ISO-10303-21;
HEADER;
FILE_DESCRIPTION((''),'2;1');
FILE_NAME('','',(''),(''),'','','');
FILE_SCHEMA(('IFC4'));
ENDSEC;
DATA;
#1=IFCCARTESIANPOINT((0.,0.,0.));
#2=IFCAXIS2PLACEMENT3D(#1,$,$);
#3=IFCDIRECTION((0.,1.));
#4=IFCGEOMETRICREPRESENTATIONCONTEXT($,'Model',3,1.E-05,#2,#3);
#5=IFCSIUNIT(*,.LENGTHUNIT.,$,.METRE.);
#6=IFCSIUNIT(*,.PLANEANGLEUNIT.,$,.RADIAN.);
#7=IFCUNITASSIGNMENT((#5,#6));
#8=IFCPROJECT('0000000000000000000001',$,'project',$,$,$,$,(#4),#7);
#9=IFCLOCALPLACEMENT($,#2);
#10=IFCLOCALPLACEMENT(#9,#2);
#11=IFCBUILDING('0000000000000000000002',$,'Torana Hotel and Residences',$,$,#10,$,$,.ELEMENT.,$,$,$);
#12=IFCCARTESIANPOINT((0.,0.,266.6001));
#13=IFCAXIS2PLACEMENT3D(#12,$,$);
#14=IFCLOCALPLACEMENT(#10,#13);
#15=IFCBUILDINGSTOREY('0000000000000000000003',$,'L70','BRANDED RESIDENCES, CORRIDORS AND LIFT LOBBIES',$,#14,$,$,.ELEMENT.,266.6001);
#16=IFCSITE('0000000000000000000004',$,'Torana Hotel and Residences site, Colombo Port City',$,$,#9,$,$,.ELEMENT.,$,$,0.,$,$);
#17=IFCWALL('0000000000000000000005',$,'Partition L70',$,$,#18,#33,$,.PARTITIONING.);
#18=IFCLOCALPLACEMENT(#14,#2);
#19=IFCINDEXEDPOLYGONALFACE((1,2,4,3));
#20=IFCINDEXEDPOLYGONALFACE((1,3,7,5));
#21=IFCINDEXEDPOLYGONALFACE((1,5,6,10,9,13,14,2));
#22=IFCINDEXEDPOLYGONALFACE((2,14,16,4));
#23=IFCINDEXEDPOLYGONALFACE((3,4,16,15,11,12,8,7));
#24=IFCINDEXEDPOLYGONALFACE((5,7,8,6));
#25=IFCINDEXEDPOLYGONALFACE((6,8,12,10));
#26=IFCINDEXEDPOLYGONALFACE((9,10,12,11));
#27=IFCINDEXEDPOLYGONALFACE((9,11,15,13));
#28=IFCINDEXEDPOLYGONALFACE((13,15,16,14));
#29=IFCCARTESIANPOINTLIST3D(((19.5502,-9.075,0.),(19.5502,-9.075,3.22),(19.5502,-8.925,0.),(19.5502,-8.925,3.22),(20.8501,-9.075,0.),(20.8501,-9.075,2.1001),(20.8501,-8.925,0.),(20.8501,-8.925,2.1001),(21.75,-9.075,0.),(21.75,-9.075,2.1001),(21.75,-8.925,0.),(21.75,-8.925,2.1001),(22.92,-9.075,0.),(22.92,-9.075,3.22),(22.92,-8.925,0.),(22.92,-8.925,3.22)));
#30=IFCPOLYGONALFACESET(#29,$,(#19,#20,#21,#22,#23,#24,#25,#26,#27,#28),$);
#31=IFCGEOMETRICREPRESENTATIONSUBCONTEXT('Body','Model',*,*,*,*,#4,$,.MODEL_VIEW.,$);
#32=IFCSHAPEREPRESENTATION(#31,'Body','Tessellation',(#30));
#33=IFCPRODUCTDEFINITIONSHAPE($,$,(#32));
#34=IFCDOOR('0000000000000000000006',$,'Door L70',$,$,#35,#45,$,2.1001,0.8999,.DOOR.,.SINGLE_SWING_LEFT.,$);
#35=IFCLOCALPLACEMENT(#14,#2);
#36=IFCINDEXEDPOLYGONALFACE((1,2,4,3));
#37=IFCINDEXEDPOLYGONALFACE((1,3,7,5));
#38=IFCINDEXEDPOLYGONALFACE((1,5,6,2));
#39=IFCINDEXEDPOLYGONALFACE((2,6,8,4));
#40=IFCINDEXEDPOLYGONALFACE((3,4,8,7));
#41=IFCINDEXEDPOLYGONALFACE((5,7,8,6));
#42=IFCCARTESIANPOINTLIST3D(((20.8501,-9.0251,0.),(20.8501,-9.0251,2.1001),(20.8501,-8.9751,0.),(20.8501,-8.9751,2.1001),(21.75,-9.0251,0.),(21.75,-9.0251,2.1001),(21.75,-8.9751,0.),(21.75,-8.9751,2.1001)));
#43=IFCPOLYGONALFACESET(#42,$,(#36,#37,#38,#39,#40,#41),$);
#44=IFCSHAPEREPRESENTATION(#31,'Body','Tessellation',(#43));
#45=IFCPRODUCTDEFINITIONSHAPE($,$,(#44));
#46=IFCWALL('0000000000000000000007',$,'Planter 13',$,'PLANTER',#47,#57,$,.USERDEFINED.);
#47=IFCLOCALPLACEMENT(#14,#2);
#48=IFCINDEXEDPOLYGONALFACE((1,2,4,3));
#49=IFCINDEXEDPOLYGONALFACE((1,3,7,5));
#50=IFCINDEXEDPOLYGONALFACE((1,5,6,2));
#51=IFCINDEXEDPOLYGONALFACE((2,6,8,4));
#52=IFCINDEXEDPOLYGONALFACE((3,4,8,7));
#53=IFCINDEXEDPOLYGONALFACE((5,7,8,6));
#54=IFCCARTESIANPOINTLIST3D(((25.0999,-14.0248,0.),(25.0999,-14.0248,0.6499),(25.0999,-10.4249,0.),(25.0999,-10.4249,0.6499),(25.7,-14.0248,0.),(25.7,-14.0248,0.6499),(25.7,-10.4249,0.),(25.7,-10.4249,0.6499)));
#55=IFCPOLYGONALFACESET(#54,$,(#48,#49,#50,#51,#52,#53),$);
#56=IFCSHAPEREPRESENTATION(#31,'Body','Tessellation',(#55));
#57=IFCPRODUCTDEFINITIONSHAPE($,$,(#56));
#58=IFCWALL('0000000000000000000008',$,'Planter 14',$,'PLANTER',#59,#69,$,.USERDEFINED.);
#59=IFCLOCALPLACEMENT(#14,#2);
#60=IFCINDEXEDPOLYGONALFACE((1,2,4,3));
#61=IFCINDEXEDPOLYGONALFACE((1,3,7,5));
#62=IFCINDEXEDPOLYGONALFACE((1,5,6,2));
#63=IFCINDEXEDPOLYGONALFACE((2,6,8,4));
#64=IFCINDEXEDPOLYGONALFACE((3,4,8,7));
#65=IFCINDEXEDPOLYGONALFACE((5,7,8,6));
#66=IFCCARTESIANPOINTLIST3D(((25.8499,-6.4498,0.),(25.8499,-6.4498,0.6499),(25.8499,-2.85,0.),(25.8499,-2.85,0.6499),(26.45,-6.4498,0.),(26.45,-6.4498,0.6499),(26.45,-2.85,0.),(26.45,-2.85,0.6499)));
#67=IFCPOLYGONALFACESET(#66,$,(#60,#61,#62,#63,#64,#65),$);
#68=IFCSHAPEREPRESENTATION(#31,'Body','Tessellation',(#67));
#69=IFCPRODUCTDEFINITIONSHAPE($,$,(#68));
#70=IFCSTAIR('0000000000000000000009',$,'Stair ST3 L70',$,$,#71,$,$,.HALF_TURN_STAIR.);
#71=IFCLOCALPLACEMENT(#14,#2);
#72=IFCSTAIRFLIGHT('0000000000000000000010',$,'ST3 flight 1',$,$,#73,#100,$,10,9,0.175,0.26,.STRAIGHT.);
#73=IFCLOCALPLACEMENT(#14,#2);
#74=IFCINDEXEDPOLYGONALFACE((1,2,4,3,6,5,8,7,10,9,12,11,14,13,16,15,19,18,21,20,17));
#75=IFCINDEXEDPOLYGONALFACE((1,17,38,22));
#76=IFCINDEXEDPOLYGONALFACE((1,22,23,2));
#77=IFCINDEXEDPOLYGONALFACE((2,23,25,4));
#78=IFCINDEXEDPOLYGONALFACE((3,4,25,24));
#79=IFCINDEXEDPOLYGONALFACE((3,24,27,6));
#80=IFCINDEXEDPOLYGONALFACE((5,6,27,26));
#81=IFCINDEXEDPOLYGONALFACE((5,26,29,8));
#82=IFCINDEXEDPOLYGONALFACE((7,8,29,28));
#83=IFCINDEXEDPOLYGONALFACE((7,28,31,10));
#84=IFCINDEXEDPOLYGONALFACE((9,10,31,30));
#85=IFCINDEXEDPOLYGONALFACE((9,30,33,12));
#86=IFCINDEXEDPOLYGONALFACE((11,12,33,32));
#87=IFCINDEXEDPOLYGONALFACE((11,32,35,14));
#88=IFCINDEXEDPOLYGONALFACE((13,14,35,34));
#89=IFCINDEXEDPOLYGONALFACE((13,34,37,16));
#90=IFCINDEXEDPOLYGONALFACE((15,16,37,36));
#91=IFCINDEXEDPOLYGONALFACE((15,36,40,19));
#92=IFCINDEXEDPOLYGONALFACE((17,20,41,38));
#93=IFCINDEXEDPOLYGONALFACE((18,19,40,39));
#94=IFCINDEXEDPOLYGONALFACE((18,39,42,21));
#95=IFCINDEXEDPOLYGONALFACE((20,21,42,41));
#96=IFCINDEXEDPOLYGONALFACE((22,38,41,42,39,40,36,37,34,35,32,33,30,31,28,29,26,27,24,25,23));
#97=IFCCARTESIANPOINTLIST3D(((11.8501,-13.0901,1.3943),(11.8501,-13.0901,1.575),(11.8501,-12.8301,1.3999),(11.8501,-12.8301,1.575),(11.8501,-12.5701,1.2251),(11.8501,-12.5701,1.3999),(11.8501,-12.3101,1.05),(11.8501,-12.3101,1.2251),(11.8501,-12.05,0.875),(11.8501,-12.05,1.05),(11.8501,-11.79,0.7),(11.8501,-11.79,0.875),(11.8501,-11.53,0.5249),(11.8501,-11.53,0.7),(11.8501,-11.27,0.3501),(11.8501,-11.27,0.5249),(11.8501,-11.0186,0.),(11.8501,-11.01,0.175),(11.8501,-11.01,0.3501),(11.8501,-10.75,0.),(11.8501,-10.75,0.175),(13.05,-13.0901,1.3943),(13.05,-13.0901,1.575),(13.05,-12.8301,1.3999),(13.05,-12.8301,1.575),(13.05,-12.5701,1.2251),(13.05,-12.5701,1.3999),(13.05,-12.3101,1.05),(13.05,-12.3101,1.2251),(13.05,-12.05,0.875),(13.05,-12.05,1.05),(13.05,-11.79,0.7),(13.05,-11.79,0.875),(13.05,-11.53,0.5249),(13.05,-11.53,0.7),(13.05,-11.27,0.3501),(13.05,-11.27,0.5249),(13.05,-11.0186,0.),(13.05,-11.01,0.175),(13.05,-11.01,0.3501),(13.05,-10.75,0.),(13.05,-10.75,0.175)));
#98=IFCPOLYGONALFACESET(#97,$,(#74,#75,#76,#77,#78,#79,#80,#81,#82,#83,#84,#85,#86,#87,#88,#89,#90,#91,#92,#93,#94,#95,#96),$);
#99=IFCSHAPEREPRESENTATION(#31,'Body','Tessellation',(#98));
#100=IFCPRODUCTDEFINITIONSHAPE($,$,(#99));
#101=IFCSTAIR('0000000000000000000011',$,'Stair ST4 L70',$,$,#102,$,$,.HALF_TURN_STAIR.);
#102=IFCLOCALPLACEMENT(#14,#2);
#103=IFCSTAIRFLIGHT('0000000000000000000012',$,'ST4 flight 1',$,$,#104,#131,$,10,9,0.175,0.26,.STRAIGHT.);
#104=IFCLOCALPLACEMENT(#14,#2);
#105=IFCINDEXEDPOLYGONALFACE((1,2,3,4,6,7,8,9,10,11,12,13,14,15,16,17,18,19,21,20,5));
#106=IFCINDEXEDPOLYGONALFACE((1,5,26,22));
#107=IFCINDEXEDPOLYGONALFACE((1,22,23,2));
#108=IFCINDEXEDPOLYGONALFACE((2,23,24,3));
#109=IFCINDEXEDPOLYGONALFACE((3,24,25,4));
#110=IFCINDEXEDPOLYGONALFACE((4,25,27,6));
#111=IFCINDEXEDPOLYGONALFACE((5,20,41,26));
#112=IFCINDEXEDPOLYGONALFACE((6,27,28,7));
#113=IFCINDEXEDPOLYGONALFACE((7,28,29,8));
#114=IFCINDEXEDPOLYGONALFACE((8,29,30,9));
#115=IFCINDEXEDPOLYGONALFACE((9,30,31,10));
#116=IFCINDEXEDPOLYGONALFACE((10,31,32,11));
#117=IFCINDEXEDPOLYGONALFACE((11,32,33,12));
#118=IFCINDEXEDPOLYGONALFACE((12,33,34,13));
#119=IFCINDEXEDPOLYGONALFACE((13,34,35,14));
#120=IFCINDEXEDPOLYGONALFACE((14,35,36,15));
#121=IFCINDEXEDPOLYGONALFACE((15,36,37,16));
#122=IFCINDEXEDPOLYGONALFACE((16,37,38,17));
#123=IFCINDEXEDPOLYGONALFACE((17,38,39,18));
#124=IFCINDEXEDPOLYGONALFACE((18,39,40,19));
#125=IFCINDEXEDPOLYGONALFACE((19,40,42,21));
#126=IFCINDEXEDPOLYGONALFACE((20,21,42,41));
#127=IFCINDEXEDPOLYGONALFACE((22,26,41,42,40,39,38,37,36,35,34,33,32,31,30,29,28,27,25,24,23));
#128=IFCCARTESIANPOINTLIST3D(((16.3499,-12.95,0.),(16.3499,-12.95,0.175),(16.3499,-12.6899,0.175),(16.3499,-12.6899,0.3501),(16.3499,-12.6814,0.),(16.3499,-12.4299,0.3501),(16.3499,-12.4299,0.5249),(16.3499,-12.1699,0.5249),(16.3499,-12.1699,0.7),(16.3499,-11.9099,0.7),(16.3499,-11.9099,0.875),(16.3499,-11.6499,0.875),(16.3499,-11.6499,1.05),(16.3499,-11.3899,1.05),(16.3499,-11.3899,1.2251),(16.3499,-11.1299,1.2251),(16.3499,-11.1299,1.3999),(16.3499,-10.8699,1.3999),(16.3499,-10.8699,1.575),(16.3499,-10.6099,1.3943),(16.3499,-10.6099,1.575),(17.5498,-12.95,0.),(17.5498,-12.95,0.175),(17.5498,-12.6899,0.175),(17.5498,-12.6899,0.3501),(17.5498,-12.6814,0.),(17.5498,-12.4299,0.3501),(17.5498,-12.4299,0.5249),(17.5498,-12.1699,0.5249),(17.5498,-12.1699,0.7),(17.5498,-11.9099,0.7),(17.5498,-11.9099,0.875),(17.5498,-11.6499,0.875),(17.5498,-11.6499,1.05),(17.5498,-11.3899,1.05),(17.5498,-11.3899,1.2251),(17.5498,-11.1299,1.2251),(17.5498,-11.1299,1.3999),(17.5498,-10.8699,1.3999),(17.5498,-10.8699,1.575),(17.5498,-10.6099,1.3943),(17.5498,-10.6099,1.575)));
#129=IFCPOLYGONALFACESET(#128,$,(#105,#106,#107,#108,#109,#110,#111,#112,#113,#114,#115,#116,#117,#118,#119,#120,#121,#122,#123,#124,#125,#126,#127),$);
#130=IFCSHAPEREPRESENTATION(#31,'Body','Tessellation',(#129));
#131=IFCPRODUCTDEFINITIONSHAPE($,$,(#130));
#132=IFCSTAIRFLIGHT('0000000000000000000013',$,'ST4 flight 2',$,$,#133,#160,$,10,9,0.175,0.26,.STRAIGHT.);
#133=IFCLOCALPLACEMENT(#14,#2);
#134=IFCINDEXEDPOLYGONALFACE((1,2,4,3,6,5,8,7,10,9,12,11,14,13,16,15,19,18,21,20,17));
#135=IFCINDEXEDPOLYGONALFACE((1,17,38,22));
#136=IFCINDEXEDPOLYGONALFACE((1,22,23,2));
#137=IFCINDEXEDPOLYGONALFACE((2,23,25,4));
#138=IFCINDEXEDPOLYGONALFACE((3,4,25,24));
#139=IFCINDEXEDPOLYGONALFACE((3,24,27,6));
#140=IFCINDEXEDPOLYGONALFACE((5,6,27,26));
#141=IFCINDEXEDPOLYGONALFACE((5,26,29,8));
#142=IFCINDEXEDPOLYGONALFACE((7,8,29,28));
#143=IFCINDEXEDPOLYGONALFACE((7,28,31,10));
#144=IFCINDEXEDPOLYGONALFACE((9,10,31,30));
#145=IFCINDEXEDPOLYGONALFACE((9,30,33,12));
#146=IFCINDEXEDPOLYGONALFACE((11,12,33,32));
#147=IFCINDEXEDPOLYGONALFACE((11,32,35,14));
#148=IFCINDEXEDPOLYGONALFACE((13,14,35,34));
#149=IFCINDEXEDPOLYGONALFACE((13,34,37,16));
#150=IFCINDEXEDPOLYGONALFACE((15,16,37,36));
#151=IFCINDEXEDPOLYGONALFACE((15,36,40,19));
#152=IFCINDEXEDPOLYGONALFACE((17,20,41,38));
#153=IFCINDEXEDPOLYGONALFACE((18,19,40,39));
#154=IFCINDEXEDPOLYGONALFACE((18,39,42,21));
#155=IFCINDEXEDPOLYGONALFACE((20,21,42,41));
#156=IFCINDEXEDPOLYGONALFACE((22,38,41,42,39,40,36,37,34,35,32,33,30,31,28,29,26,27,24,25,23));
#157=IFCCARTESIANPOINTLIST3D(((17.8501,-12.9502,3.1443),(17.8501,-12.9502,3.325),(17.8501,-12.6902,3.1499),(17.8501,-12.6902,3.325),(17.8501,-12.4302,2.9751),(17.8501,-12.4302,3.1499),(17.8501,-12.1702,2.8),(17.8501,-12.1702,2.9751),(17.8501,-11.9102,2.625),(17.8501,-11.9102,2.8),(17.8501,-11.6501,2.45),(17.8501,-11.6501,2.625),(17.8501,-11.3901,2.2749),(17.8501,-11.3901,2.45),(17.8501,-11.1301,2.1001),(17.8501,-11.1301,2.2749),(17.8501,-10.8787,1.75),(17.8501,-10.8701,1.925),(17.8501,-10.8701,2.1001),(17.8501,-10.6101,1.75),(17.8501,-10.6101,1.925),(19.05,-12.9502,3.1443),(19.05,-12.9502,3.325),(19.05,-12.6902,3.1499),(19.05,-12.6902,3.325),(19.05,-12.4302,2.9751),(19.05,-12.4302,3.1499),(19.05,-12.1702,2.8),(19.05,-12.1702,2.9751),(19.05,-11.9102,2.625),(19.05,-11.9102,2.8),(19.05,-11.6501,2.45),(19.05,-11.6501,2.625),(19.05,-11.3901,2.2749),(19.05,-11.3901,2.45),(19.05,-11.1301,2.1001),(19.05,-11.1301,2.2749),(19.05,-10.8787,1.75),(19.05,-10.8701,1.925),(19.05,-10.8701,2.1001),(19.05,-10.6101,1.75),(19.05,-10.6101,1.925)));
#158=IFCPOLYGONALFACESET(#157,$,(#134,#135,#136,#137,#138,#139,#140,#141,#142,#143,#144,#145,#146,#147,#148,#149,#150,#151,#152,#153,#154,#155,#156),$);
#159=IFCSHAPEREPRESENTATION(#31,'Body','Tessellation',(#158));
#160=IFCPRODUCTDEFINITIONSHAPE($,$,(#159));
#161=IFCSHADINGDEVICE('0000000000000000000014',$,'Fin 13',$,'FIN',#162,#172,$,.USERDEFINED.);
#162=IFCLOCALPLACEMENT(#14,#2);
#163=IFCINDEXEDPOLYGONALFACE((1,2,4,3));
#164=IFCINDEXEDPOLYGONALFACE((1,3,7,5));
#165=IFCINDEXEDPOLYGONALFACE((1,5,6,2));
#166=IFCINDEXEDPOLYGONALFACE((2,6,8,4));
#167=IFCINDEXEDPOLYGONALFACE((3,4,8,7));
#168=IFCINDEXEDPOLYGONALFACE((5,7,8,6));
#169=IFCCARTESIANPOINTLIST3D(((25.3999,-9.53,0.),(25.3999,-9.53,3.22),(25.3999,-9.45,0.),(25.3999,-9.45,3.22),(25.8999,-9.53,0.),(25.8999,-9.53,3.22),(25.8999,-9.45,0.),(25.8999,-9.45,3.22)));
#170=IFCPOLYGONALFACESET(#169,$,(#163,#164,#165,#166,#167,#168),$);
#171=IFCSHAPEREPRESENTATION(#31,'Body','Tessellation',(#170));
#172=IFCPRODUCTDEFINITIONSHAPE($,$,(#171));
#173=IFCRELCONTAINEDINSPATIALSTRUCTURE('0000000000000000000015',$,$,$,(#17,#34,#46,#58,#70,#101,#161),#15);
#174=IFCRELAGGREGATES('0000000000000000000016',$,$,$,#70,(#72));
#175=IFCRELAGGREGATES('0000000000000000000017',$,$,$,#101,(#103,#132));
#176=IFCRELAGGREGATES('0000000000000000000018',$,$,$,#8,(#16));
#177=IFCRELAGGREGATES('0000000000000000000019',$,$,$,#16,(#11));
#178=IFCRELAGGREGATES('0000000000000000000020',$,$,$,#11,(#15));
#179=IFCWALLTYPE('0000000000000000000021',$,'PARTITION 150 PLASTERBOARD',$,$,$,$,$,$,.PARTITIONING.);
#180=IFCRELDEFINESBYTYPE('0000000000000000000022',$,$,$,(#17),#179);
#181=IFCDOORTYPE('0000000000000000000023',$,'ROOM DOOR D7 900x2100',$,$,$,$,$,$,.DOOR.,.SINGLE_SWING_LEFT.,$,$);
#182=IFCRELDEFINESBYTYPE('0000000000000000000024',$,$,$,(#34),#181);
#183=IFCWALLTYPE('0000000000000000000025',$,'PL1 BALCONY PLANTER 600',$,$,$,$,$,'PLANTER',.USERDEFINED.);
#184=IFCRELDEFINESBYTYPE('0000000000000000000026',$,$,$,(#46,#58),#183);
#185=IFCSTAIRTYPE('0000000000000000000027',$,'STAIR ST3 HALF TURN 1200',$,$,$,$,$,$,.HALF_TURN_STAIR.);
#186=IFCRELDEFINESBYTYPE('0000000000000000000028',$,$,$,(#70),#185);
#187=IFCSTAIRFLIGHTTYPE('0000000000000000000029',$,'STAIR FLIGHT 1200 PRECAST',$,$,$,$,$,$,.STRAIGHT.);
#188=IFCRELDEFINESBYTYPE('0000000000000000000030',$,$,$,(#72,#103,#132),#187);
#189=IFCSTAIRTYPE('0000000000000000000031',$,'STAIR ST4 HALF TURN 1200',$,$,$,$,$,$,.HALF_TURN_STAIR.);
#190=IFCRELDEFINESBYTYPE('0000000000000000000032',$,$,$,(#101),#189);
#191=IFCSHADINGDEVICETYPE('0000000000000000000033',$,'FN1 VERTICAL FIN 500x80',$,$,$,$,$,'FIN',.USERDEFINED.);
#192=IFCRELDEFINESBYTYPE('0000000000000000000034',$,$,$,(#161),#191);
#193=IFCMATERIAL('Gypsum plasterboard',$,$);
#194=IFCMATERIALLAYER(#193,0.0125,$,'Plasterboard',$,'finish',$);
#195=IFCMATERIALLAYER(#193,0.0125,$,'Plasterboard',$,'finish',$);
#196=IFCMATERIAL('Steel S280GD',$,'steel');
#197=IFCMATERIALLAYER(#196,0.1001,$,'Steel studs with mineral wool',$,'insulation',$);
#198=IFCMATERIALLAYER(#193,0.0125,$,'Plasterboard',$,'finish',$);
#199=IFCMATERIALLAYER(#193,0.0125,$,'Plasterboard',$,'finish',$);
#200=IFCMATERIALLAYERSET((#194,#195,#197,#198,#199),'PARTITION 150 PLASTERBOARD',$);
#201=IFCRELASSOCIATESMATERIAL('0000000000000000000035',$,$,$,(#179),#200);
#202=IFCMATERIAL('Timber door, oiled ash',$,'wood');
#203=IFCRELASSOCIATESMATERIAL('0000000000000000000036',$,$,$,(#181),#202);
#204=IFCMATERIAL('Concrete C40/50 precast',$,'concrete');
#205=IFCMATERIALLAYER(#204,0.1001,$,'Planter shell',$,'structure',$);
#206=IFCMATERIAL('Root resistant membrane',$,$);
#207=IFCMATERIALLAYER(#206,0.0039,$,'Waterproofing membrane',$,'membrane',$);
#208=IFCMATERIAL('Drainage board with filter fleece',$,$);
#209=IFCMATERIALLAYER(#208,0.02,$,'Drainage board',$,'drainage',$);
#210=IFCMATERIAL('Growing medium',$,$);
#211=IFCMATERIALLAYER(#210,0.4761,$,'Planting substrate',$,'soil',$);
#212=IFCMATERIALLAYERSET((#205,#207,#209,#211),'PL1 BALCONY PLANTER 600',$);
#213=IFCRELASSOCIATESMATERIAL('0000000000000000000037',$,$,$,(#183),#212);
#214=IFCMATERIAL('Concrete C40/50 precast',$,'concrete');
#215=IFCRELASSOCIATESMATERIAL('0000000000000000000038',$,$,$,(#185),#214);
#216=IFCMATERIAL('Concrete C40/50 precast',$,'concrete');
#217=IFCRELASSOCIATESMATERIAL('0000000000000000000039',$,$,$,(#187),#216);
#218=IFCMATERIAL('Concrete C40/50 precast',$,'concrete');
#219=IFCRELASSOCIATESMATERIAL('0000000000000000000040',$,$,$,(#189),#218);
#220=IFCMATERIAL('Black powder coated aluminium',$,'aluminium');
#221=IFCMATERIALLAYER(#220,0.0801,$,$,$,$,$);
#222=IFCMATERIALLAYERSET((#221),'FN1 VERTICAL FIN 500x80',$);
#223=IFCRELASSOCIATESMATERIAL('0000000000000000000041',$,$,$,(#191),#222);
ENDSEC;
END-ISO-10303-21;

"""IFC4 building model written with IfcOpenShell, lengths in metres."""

from ifc_helpers import new_model, si_unit, direction, frame, frame_2d, origin, origin_2d, place, context, subcontext, project, spatial, polyline, rectangle, outline, extrude, material, layer, layer_set, type_object, element, fill, aggregate, save


model = new_model("IFC4")

# Units and contexts
model_context = context("Model", 3, precision=1e-05, world=origin(), true_north=direction((0.0, 1.0)))
body_context = subcontext(model_context, "Body", "Model", "MODEL_VIEW")
ifc_project = project(units=[si_unit("LENGTHUNIT", "METRE"), si_unit("PLANEANGLEUNIT", "RADIAN")], contexts=[model_context])

# Site, building, storey
site_placement = place(None, origin())
site = spatial("IfcSite", under=ifc_project, at=site_placement, Name="Torana Hotel and Residences site, Colombo Port City", CompositionType="ELEMENT", RefElevation=0.0)
building_placement = place(site_placement, origin())
building = spatial("IfcBuilding", under=site, at=building_placement, Name="Torana Hotel and Residences", CompositionType="ELEMENT")
storey_placement = place(building_placement, frame((0.0, 0.0, 266.6001)))
storey = spatial("IfcBuildingStorey", under=building, at=storey_placement, Name="L70", Description="BRANDED RESIDENCES, CORRIDORS AND LIFT LOBBIES", CompositionType="ELEMENT", Elevation=266.6001)

# Shared definitions
ifc_material_1 = material(Name="Steel S280GD", Category="steel")

# Shared definitions
ifc_material_2 = material(Name="Concrete C40/50 precast", Category="concrete")

# Shared definitions
ifc_material_3 = material(Name="Gypsum plasterboard")
ifc_layer_1 = layer(ifc_material_3, 0.0125, Name="Plasterboard", Category="finish")
ifc_layer_2 = layer(ifc_material_3, 0.0125, Name="Plasterboard", Category="finish")
ifc_layer_3 = layer(ifc_material_1, 0.1001, Name="Steel studs with mineral wool", Category="insulation")
ifc_layer_4 = layer(ifc_material_3, 0.0125, Name="Plasterboard", Category="finish")
ifc_layer_5 = layer(ifc_material_3, 0.0125, Name="Plasterboard", Category="finish")
ifc_layer_set_1 = layer_set([ifc_layer_1, ifc_layer_2, ifc_layer_3, ifc_layer_4, ifc_layer_5], Name="PARTITION 150 PLASTERBOARD")
wall_type_1 = type_object("IfcWallType", Name="PARTITION 150 PLASTERBOARD", PredefinedType="PARTITIONING", material=ifc_layer_set_1)

# Wall, opening, door
wall_1_placement = place(storey_placement, frame((19.55, -9.0, 0.0), z_axis=(0.0, 0.0, 1.0), x_axis=(1.0, 0.0, 0.0)))
wall_1 = element("IfcWall", 1, at=wall_1_placement, inside=storey, type_object=wall_type_1, Name="Partition L70", PredefinedType="PARTITIONING", context=body_context, shape_type="SweptSolid", body=[
    extrude(rectangle(XDim=3.3699, YDim=0.1499, at=frame_2d((1.6851, 0.0))), origin(), (0.0, 0.0, 1.0), 3.22),
])
opening_1_placement = place(wall_1_placement, frame((1.3, 0.0, 0.0)))
opening_1 = element("IfcOpeningElement", 2, at=opening_1_placement, cuts=wall_1, PredefinedType="OPENING", context=body_context, shape_type="SweptSolid", body=[
    extrude(rectangle(XDim=0.8999, YDim=2.1001, at=frame_2d((0.45, 1.05))), frame((0.0, 0.085, 0.0), z_axis=(0.0, -1.0, 0.0), x_axis=(1.0, 0.0, 0.0)), (0.0, 0.0, 1.0), 0.1699),
])
ifc_material_4 = material(Name="Timber door, oiled ash", Category="wood")
door_type = type_object("IfcDoorType", Name="ROOM DOOR D7 900x2100", OperationType="SINGLE_SWING_LEFT", PredefinedType="DOOR", material=ifc_material_4)
door_placement = place(opening_1_placement, origin())
door = element("IfcDoor", 3, at=door_placement, inside=storey, type_object=door_type, Name="Door L70", OperationType="SINGLE_SWING_LEFT", OverallHeight=2.1001, OverallWidth=0.8999, PredefinedType="DOOR", context=body_context, shape_type="SweptSolid", body=[
    extrude(rectangle(XDim=0.8999, YDim=2.1001, at=frame_2d((0.45, 1.05))), frame((0.0, 0.0249, 0.0), z_axis=(0.0, -1.0, 0.0), x_axis=(1.0, 0.0, 0.0)), (0.0, 0.0, 1.0), 0.05),
])
fill(opening_1, door)

# Walls
ifc_layer_6 = layer(ifc_material_2, 0.1001, Name="Planter shell", Category="structure")
ifc_material_5 = material(Name="Root resistant membrane")
ifc_layer_7 = layer(ifc_material_5, 0.0039, Name="Waterproofing membrane", Category="membrane")
ifc_material_6 = material(Name="Drainage board with filter fleece")
ifc_layer_8 = layer(ifc_material_6, 0.02, Name="Drainage board", Category="drainage")
ifc_material_7 = material(Name="Growing medium")
ifc_layer_9 = layer(ifc_material_7, 0.4761, Name="Planting substrate", Category="soil")
ifc_layer_set_2 = layer_set([ifc_layer_6, ifc_layer_7, ifc_layer_8, ifc_layer_9], Name="PL1 BALCONY PLANTER 600")
wall_type_2 = type_object("IfcWallType", Name="PL1 BALCONY PLANTER 600", ElementType="PLANTER", PredefinedType="USERDEFINED", material=ifc_layer_set_2)
for number, where, z_axis, x_axis, name in (
    (4, (25.3999, -10.425, 0.0), (0.0, 0.0, 1.0), (0.0, -1.0, 0.0), "Planter 13"),
    (5, (26.1499, -2.8501, 0.0), (0.0, 0.0, 1.0), (0.0, -1.0, 0.0), "Planter 14"),
):
    element("IfcWall", number, at=place(storey_placement, frame(where, z_axis=z_axis, x_axis=x_axis)), inside=storey, type_object=wall_type_2, Name=name, ObjectType="PLANTER", PredefinedType="USERDEFINED", context=body_context, shape_type="SweptSolid", body=[
        extrude(rectangle(XDim=3.5999, YDim=0.6001, at=frame_2d((1.7998, 0.0))), origin(), (0.0, 0.0, 1.0), 0.6499),
    ])

# Stair, stair flight
ifc_material_8 = material(Name="Concrete C40/50 precast", Category="concrete")
stair_type_1 = type_object("IfcStairType", Name="STAIR ST3 HALF TURN 1200", PredefinedType="HALF_TURN_STAIR", material=ifc_material_8)
stair_1_placement = place(storey_placement, origin())
stair_1 = element("IfcStair", 6, at=stair_1_placement, inside=storey, type_object=stair_type_1, Name="Stair ST3 L70", PredefinedType="HALF_TURN_STAIR")
ifc_material_9 = material(Name="Concrete C40/50 precast", Category="concrete")
stair_flight_type = type_object("IfcStairFlightType", Name="STAIR FLIGHT 1200 PRECAST", PredefinedType="STRAIGHT", material=ifc_material_9)
stair_flight_1_placement = place(storey_placement, frame((12.45, -10.75, 0.0), z_axis=(0.0, 0.0, 1.0), x_axis=(0.0, -1.0, 0.0)))
stair_flight_1 = element("IfcStairFlight", 7, at=stair_flight_1_placement, type_object=stair_flight_type, Name="ST3 flight 1", NumberOfRisers=10, NumberOfTreads=9, PredefinedType="STRAIGHT", RiserHeight=0.175, TreadLength=0.26, context=body_context, shape_type="SweptSolid", body=[
    extrude(outline(polyline([(0.0, 0.0), (0.0, 0.175), (0.26, 0.175), (0.26, 0.3501), (0.52, 0.3501), (0.52, 0.5249), (0.78, 0.5249), (0.78, 0.7), (1.04, 0.7), (1.04, 0.875), (1.3, 0.875), (1.3, 1.05), (1.5601, 1.05), (1.5601, 1.2251), (1.8201, 1.2251), (1.8201, 1.3999), (2.0801, 1.3999), (2.0801, 1.575), (2.3401, 1.575), (2.3401, 1.75), (2.3401, 1.3943), (0.2686, 0.0), (0.0, 0.0)])), frame((0.0, 0.6001, 0.0), z_axis=(0.0, -1.0, 0.0), x_axis=(1.0, 0.0, 0.0)), (0.0, 0.0, 1.0), 1.2),
])
aggregate(stair_1, [stair_flight_1])

# Stair, stair flights
ifc_material_10 = material(Name="Concrete C40/50 precast", Category="concrete")
stair_type_2 = type_object("IfcStairType", Name="STAIR ST4 HALF TURN 1200", PredefinedType="HALF_TURN_STAIR", material=ifc_material_10)
stair_2_placement = place(storey_placement, origin())
stair_2 = element("IfcStair", 8, at=stair_2_placement, inside=storey, type_object=stair_type_2, Name="Stair ST4 L70", PredefinedType="HALF_TURN_STAIR")
stair_flight_2_placement = place(storey_placement, frame((16.95, -12.95, 0.0), z_axis=(0.0, 0.0, 1.0), x_axis=(0.0, 1.0, 0.0)))
stair_flight_2 = element("IfcStairFlight", 9, at=stair_flight_2_placement, type_object=stair_flight_type, Name="ST4 flight 1", NumberOfRisers=10, NumberOfTreads=9, PredefinedType="STRAIGHT", RiserHeight=0.175, TreadLength=0.26, context=body_context, shape_type="SweptSolid", body=[
    extrude(outline(polyline([(0.0, 0.0), (0.0, 0.175), (0.26, 0.175), (0.26, 0.3501), (0.52, 0.3501), (0.52, 0.5249), (0.78, 0.5249), (0.78, 0.7), (1.04, 0.7), (1.04, 0.875), (1.3, 0.875), (1.3, 1.05), (1.5601, 1.05), (1.5601, 1.2251), (1.8201, 1.2251), (1.8201, 1.3999), (2.0801, 1.3999), (2.0801, 1.575), (2.3401, 1.575), (2.3401, 1.75), (2.3401, 1.3943), (0.2686, 0.0), (0.0, 0.0)])), frame((0.0, 0.6001, 0.0), z_axis=(0.0, -1.0, 0.0), x_axis=(1.0, 0.0, 0.0)), (0.0, 0.0, 1.0), 1.2),
])
stair_flight_3_placement = place(storey_placement, frame((18.45, -10.6101, 1.75), z_axis=(0.0, 0.0, 1.0), x_axis=(0.0, -1.0, 0.0)))
stair_flight_3 = element("IfcStairFlight", 10, at=stair_flight_3_placement, type_object=stair_flight_type, Name="ST4 flight 2", NumberOfRisers=10, NumberOfTreads=9, PredefinedType="STRAIGHT", RiserHeight=0.175, TreadLength=0.26, context=body_context, shape_type="SweptSolid", body=[
    extrude(outline(polyline([(0.0, 0.0), (0.0, 0.175), (0.26, 0.175), (0.26, 0.3501), (0.52, 0.3501), (0.52, 0.5249), (0.78, 0.5249), (0.78, 0.7), (1.04, 0.7), (1.04, 0.875), (1.3, 0.875), (1.3, 1.05), (1.5601, 1.05), (1.5601, 1.2251), (1.8201, 1.2251), (1.8201, 1.3999), (2.0801, 1.3999), (2.0801, 1.575), (2.3401, 1.575), (2.3401, 1.75), (2.3401, 1.3943), (0.2686, 0.0), (0.0, 0.0)])), frame((0.0, 0.6001, 0.0), z_axis=(0.0, -1.0, 0.0), x_axis=(1.0, 0.0, 0.0)), (0.0, 0.0, 1.0), 1.2),
])
aggregate(stair_2, [stair_flight_2, stair_flight_3])

# Shading device
ifc_material_11 = material(Name="Black powder coated aluminium", Category="aluminium")
ifc_layer_10 = layer(ifc_material_11, 0.0801)
ifc_layer_set_3 = layer_set([ifc_layer_10], Name="FN1 VERTICAL FIN 500x80")
shading_device_type = type_object("IfcShadingDeviceType", Name="FN1 VERTICAL FIN 500x80", ElementType="FIN", PredefinedType="USERDEFINED", material=ifc_layer_set_3)
shading_device_placement = place(storey_placement, frame((25.6499, -9.49, 0.0), z_axis=(0.0, 0.0, 1.0), x_axis=(0.0, -1.0, 0.0)))
element("IfcShadingDevice", 11, at=shading_device_placement, inside=storey, type_object=shading_device_type, Name="Fin 13", ObjectType="FIN", PredefinedType="USERDEFINED", context=body_context, shape_type="SweptSolid", body=[
    extrude(rectangle(XDim=0.0801, YDim=0.5, at=origin_2d()), origin(), (0.0, 0.0, 1.0), 3.22),
])

save(model, "model.ifc")
